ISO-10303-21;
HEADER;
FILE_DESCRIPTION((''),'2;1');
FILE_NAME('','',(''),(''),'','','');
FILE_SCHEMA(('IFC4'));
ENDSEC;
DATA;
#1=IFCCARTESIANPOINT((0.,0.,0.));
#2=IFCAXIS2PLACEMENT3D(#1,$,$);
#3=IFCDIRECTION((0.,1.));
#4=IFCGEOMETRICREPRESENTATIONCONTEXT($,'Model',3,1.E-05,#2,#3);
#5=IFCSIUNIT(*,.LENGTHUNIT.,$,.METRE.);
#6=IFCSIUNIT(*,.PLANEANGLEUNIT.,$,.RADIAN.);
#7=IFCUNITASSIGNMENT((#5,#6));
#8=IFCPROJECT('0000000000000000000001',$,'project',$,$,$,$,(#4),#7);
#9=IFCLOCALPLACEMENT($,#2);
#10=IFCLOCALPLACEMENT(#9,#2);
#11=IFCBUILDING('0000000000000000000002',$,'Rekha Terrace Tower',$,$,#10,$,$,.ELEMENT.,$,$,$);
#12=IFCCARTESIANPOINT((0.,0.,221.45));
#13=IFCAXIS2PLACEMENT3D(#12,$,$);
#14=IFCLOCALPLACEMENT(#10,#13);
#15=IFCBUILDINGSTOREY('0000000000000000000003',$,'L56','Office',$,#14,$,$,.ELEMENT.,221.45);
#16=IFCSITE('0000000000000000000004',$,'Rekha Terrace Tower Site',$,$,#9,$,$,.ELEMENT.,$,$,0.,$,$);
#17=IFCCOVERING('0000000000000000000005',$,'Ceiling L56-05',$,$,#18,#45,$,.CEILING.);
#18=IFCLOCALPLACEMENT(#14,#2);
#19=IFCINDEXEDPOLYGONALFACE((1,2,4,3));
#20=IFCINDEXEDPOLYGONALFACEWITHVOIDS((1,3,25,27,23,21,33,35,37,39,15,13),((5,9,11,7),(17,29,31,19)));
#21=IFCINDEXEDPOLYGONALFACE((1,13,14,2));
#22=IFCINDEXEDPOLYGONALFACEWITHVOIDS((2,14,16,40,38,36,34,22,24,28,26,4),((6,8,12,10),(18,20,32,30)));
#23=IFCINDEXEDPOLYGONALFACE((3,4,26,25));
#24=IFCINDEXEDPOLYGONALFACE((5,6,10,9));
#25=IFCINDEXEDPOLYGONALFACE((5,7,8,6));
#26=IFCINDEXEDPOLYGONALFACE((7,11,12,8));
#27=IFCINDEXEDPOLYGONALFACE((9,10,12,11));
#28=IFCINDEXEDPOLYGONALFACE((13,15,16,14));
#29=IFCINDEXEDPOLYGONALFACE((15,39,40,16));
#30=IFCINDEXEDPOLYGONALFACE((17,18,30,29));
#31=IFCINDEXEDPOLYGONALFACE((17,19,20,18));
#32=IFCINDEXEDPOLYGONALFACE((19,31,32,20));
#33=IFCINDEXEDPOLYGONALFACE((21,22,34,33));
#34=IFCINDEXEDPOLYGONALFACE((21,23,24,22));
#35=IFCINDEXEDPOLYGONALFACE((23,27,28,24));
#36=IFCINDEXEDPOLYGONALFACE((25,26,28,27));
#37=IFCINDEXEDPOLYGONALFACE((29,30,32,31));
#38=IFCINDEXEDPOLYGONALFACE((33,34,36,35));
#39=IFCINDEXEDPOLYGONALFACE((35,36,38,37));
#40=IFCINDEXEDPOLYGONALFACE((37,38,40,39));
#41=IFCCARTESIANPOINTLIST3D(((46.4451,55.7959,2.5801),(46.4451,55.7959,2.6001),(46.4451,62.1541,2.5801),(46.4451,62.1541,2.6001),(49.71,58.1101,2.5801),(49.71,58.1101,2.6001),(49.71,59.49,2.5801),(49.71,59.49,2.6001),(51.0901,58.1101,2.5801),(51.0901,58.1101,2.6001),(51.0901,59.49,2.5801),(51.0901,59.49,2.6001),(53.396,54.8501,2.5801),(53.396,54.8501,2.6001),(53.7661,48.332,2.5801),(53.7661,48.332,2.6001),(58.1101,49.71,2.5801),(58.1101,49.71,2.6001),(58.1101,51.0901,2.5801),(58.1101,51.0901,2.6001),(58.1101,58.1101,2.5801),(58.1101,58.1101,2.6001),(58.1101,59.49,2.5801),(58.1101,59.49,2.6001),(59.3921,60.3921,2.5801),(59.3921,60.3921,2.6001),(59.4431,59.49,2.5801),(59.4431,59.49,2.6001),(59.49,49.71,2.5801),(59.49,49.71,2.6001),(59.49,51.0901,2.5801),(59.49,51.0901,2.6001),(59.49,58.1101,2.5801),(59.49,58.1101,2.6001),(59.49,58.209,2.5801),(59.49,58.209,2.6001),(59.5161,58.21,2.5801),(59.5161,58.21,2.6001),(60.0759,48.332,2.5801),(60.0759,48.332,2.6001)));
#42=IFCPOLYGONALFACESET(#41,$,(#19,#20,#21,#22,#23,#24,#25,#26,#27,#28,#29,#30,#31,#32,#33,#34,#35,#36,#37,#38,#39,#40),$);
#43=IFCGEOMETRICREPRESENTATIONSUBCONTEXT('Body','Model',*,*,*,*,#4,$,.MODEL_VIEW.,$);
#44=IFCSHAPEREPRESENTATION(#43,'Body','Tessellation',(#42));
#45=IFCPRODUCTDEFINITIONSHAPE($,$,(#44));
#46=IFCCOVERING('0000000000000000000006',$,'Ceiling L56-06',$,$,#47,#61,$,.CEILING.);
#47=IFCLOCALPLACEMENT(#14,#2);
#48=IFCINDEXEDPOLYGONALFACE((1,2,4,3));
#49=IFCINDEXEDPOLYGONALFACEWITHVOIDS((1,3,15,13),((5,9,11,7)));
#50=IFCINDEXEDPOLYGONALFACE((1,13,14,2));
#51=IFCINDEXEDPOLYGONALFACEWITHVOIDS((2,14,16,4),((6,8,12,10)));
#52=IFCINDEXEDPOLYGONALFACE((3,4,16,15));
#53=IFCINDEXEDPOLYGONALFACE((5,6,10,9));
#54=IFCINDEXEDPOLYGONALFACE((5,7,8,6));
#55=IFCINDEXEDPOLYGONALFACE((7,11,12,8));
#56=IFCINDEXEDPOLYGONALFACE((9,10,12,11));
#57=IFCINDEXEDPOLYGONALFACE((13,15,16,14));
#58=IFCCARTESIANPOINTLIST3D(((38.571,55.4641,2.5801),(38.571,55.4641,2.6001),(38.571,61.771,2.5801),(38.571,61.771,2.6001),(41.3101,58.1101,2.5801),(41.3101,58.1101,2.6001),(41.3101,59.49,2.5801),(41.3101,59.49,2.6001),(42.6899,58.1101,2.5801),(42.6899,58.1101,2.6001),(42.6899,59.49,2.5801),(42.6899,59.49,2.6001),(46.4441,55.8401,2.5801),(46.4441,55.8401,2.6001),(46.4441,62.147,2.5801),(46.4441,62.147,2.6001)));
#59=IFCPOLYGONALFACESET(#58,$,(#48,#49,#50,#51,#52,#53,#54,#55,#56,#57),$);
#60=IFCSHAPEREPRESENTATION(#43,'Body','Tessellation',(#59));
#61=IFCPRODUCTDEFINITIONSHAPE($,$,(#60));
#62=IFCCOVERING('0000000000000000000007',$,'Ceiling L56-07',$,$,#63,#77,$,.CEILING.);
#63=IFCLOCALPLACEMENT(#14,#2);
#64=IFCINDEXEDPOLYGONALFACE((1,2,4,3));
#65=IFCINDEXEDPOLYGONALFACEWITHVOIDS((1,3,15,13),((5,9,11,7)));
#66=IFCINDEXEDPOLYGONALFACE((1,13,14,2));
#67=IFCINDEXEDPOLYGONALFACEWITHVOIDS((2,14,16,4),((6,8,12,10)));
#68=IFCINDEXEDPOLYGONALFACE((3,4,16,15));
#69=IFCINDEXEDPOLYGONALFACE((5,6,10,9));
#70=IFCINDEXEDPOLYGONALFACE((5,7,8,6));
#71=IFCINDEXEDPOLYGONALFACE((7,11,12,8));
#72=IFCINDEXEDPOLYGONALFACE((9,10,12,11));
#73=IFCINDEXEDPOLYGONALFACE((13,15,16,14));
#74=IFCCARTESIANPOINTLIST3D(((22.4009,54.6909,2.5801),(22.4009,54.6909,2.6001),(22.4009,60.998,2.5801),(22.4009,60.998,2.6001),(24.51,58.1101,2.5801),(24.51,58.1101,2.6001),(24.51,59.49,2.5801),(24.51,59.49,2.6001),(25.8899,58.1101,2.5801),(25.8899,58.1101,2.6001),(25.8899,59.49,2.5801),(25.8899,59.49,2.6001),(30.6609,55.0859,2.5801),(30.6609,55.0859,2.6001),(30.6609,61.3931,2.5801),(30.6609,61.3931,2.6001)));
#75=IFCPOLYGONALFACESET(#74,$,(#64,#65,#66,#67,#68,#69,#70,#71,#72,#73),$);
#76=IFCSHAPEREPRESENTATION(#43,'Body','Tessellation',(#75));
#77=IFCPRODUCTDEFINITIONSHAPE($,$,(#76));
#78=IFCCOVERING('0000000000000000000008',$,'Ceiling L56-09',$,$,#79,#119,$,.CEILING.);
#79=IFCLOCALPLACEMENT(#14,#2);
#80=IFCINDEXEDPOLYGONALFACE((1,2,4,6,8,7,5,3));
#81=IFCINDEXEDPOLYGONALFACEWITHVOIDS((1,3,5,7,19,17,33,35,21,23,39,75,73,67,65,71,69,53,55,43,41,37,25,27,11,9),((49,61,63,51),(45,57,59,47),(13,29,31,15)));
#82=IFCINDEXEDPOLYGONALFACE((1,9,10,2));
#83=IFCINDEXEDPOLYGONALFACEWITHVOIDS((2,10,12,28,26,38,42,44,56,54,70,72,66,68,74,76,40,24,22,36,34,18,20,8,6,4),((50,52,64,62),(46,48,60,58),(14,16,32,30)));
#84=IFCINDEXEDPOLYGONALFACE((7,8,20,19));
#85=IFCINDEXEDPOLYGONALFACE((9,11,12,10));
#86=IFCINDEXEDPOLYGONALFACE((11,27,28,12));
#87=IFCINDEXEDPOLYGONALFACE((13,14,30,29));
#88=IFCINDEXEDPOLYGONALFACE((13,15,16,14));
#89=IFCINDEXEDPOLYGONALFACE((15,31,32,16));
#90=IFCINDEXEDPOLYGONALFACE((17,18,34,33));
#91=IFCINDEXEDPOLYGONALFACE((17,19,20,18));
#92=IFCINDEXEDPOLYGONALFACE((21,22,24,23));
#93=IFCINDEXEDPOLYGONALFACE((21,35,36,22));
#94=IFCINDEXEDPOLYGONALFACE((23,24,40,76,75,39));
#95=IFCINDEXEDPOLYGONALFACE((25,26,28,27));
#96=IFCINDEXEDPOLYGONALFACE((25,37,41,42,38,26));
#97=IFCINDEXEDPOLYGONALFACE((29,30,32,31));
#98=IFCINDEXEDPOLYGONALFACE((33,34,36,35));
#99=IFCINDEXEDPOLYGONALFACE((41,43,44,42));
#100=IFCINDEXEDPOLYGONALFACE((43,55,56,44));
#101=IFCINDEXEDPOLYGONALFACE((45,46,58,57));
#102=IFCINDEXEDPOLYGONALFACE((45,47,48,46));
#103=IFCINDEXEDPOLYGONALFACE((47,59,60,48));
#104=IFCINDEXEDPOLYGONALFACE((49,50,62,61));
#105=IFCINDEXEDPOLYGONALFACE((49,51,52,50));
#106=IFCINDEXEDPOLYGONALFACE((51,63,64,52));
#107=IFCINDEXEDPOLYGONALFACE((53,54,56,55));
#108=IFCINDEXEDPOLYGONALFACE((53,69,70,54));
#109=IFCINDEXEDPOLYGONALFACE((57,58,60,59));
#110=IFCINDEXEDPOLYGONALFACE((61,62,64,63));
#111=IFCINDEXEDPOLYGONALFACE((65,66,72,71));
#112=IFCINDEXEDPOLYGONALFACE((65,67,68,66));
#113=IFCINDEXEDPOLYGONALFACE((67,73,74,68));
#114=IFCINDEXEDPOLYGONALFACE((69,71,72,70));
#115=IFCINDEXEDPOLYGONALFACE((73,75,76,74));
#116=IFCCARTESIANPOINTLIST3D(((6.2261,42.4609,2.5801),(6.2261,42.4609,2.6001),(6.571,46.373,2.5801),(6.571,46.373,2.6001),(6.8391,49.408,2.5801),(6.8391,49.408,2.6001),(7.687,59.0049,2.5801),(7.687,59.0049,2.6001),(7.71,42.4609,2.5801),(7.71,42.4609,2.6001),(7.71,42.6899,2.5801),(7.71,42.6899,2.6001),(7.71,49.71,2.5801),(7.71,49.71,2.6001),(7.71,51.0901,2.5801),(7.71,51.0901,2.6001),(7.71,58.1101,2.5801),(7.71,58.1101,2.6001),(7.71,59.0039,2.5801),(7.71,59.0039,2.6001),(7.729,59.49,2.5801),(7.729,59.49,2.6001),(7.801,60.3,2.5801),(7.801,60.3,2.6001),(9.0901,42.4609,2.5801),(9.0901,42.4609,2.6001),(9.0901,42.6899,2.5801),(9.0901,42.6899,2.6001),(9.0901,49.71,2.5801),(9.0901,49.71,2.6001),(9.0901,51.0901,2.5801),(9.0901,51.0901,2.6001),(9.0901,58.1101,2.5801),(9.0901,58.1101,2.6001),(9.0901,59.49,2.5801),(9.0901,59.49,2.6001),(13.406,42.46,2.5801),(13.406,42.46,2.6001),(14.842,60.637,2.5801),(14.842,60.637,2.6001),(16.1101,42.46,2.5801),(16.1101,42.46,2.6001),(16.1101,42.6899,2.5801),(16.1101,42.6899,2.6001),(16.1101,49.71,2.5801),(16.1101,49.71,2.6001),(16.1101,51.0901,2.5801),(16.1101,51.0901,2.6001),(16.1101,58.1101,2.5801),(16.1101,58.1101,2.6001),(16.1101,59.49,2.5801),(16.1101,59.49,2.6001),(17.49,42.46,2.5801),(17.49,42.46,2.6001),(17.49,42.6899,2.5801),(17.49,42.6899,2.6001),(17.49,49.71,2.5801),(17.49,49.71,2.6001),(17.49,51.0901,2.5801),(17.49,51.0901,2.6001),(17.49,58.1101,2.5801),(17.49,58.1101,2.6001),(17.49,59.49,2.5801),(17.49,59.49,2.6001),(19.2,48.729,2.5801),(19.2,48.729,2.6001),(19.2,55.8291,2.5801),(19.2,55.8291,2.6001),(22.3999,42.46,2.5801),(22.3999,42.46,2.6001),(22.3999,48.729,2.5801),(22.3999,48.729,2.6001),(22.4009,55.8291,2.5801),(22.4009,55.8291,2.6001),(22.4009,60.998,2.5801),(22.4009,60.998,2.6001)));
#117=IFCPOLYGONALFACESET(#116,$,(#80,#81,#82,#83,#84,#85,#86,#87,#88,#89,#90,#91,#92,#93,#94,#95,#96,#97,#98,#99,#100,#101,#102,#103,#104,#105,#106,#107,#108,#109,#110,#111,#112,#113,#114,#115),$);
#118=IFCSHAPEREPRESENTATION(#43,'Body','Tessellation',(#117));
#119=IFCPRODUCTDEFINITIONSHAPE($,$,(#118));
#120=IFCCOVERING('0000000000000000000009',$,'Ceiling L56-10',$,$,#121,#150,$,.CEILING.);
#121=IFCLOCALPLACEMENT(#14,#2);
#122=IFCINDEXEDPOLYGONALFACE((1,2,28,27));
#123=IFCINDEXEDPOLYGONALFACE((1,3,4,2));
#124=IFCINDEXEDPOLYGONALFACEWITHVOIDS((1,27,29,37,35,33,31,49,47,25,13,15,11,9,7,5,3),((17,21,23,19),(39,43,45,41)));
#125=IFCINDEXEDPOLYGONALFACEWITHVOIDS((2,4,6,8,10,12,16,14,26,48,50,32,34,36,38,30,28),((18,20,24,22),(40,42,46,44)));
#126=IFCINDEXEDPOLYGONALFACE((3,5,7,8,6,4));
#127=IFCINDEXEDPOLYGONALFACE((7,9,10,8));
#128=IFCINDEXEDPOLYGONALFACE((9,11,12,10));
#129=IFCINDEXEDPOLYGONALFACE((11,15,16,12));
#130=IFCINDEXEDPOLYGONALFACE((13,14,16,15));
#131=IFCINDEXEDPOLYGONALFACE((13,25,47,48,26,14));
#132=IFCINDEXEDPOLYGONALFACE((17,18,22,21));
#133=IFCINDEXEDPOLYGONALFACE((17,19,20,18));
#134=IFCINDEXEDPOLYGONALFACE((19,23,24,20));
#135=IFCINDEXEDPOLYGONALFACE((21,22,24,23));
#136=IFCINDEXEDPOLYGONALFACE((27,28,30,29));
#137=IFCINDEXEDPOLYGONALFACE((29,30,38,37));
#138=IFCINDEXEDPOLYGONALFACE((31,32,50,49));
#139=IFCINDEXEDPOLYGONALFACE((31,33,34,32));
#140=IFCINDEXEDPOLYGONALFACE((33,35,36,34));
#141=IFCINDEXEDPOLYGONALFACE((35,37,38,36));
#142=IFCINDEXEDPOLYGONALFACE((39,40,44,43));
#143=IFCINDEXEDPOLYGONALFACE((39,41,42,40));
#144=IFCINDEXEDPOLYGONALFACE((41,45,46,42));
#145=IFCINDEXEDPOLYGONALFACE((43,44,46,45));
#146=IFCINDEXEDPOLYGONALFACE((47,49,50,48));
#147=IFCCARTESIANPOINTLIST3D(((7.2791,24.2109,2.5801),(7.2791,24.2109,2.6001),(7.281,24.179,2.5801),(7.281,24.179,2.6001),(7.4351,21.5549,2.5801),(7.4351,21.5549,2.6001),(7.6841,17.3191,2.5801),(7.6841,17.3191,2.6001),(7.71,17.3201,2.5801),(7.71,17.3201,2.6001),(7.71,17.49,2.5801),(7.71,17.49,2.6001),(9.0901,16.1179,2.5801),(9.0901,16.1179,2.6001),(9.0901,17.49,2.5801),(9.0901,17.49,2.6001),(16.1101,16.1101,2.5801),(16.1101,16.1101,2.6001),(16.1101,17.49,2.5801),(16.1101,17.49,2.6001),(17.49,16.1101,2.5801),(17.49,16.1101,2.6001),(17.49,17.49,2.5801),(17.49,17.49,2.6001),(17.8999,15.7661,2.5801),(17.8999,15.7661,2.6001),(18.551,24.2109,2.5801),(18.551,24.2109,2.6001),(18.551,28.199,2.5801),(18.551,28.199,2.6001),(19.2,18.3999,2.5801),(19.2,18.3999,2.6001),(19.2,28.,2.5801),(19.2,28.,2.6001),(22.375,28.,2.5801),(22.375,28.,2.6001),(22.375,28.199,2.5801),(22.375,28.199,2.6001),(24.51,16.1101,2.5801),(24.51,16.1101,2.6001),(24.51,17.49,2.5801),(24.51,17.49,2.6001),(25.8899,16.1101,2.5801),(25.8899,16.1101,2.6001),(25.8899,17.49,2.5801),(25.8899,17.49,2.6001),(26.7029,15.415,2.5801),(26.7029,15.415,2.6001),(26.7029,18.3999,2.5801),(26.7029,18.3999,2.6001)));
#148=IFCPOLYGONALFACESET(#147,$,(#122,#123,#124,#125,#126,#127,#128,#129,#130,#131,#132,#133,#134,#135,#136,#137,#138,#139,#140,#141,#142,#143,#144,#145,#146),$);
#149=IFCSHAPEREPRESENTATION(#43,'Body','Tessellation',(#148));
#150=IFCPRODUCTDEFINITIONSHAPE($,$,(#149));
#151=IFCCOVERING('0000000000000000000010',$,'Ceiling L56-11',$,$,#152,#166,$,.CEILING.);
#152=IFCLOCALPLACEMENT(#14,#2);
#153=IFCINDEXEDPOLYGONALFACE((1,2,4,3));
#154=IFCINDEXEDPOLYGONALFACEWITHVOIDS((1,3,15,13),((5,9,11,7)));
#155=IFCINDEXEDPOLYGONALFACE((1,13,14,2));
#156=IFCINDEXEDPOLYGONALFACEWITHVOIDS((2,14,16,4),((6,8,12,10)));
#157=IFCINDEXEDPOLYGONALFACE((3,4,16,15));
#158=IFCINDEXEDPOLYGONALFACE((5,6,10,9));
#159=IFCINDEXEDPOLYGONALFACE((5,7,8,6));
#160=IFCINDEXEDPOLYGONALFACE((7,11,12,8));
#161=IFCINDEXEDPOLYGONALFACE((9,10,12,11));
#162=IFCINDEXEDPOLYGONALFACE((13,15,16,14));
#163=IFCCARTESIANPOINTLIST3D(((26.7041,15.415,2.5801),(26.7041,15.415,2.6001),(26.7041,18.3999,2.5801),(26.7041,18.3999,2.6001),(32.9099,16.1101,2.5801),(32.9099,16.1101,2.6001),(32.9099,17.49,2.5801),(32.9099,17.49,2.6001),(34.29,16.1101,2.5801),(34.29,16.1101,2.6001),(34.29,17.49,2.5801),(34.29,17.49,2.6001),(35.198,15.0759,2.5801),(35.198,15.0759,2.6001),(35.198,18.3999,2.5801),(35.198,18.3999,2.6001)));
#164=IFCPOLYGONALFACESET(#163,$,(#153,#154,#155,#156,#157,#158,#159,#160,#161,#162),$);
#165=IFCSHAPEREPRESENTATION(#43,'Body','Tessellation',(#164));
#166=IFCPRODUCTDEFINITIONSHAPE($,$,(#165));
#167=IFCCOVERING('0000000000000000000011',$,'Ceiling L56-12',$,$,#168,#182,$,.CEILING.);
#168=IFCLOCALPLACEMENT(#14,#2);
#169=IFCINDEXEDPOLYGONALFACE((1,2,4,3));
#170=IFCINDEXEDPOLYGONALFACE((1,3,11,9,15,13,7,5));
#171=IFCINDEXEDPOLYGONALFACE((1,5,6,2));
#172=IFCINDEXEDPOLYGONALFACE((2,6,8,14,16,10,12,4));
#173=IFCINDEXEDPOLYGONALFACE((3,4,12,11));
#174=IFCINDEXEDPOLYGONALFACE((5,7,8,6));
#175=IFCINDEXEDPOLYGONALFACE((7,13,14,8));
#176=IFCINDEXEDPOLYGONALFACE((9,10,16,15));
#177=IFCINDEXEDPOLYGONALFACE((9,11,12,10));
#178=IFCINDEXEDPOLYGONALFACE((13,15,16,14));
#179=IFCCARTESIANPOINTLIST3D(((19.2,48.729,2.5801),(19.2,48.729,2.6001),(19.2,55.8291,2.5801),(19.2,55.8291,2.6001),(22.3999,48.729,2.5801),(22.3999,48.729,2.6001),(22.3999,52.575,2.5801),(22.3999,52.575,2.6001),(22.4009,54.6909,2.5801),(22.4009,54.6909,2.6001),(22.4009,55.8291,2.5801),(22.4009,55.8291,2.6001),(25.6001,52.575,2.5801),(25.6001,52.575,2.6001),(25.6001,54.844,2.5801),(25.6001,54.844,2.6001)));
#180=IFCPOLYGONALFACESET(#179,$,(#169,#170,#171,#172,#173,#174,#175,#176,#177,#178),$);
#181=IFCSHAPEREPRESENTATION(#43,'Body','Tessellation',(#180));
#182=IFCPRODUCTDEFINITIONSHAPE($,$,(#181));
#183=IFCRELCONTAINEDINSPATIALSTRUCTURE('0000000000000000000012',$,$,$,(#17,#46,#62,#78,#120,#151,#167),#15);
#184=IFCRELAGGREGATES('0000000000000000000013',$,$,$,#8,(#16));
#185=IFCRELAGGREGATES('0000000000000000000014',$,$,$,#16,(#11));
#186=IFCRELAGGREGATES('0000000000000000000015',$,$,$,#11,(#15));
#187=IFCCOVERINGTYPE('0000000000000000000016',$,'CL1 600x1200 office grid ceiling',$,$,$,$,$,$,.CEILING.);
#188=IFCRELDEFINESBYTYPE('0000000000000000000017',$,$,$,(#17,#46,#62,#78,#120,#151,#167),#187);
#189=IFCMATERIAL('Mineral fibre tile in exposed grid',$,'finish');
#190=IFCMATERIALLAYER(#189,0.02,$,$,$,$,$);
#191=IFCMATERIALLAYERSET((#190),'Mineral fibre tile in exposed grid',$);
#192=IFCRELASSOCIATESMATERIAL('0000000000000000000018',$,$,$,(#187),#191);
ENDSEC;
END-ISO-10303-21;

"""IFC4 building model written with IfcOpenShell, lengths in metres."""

from ifc_helpers import new_model, si_unit, direction, frame, origin, place, context, subcontext, project, spatial, polyline, outline, extrude, material, layer, layer_set, type_object, element, save


model = new_model("IFC4")

# Units and contexts
model_context = context("Model", 3, precision=1e-05, world=origin(), true_north=direction((0.0, 1.0)))
body_context = subcontext(model_context, "Body", "Model", "MODEL_VIEW")
ifc_project = project(units=[si_unit("LENGTHUNIT", "METRE"), si_unit("PLANEANGLEUNIT", "RADIAN")], contexts=[model_context])

# Site, building, storey
site_placement = place(None, origin())
site = spatial("IfcSite", under=ifc_project, at=site_placement, Name="Rekha Terrace Tower Site", CompositionType="ELEMENT", RefElevation=0.0)
building_placement = place(site_placement, origin())
building = spatial("IfcBuilding", under=site, at=building_placement, Name="Rekha Terrace Tower", CompositionType="ELEMENT")
storey_placement = place(building_placement, frame((0.0, 0.0, 221.45)))
storey = spatial("IfcBuildingStorey", under=building, at=storey_placement, Name="L56", Description="Office", CompositionType="ELEMENT", Elevation=221.45)

# Coverings
ifc_material_1 = material(Name="Mineral fibre tile in exposed grid", Category="finish")
ifc_layer_1 = layer(ifc_material_1, 0.02)
ifc_layer_set_1 = layer_set([ifc_layer_1], Name="Mineral fibre tile in exposed grid")
covering_type_1 = type_object("IfcCoveringType", Name="CL1 600x1200 office grid ceiling", PredefinedType="CEILING", material=ifc_layer_set_1)
covering_1_placement = place(storey_placement, frame((0.0, 0.0, 2.5801)))
element("IfcCovering", 1, at=covering_1_placement, inside=storey, type_object=covering_type_1, Name="Ceiling L56-05", PredefinedType="CEILING", context=body_context, shape_type="SweptSolid", body=[
    extrude(outline(polyline([(58.1101, 59.49), (59.4431, 59.49), (59.3921, 60.3921), (46.4451, 62.1541), (46.4451, 55.7959), (53.396, 54.8501), (53.7661, 48.332), (60.0759, 48.332), (59.5161, 58.21), (59.49, 58.209), (59.49, 58.1101), (58.1101, 58.1101), (58.1101, 59.49)]), holes=[polyline([(59.49, 51.0901), (59.49, 49.71), (58.1101, 49.71), (58.1101, 51.0901), (59.49, 51.0901)]), polyline([(51.0901, 58.1101), (49.71, 58.1101), (49.71, 59.49), (51.0901, 59.49), (51.0901, 58.1101)])]), origin(), (0.0, 0.0, 1.0), 0.02),
])
covering_2_placement = place(storey_placement, frame((0.0, 0.0, 2.5801)))
element("IfcCovering", 2, at=covering_2_placement, inside=storey, type_object=covering_type_1, Name="Ceiling L56-06", PredefinedType="CEILING", context=body_context, shape_type="SweptSolid", body=[
    extrude(outline(polyline([(46.4441, 62.147), (38.571, 61.771), (38.571, 55.4641), (46.4441, 55.8401), (46.4441, 62.147)]), holes=[polyline([(42.6899, 59.49), (42.6899, 58.1101), (41.3101, 58.1101), (41.3101, 59.49), (42.6899, 59.49)])]), origin(), (0.0, 0.0, 1.0), 0.02),
])
covering_3_placement = place(storey_placement, frame((0.0, 0.0, 2.5801)))
element("IfcCovering", 3, at=covering_3_placement, inside=storey, type_object=covering_type_1, Name="Ceiling L56-07", PredefinedType="CEILING", context=body_context, shape_type="SweptSolid", body=[
    extrude(outline(polyline([(30.6609, 55.0859), (30.6609, 61.3931), (22.4009, 60.998), (22.4009, 54.6909), (30.6609, 55.0859)]), holes=[polyline([(25.8899, 58.1101), (24.51, 58.1101), (24.51, 59.49), (25.8899, 59.49), (25.8899, 58.1101)])]), origin(), (0.0, 0.0, 1.0), 0.02),
])
covering_4_placement = place(storey_placement, frame((0.0, 0.0, 2.5801)))
element("IfcCovering", 4, at=covering_4_placement, inside=storey, type_object=covering_type_1, Name="Ceiling L56-09", PredefinedType="CEILING", context=body_context, shape_type="SweptSolid", body=[
    extrude(outline(polyline([(22.4009, 60.998), (14.842, 60.637), (7.801, 60.3), (7.729, 59.49), (9.0901, 59.49), (9.0901, 58.1101), (7.71, 58.1101), (7.71, 59.0039), (7.687, 59.0049), (6.8391, 49.408), (6.571, 46.373), (6.2261, 42.4609), (7.71, 42.4609), (7.71, 42.6899), (9.0901, 42.6899), (9.0901, 42.4609), (13.406, 42.46), (16.1101, 42.46), (16.1101, 42.6899), (17.49, 42.6899), (17.49, 42.46), (22.3999, 42.46), (22.3999, 48.729), (19.2, 48.729), (19.2, 55.8291), (22.4009, 55.8291), (22.4009, 60.998)]), holes=[polyline([(17.49, 51.0901), (17.49, 49.71), (16.1101, 49.71), (16.1101, 51.0901), (17.49, 51.0901)]), polyline([(17.49, 59.49), (17.49, 58.1101), (16.1101, 58.1101), (16.1101, 59.49), (17.49, 59.49)]), polyline([(9.0901, 49.71), (7.71, 49.71), (7.71, 51.0901), (9.0901, 51.0901), (9.0901, 49.71)])]), origin(), (0.0, 0.0, 1.0), 0.02),
])
covering_5_placement = place(storey_placement, frame((0.0, 0.0, 2.5801)))
element("IfcCovering", 5, at=covering_5_placement, inside=storey, type_object=covering_type_1, Name="Ceiling L56-10", PredefinedType="CEILING", context=body_context, shape_type="SweptSolid", body=[
    extrude(outline(polyline([(7.281, 24.179), (7.4351, 21.5549), (7.6841, 17.3191), (7.71, 17.3201), (7.71, 17.49), (9.0901, 17.49), (9.0901, 16.1179), (17.8999, 15.7661), (26.7029, 15.415), (26.7029, 18.3999), (19.2, 18.3999), (19.2, 28.0), (22.375, 28.0), (22.375, 28.199), (18.551, 28.199), (18.551, 24.2109), (7.2791, 24.2109), (7.281, 24.179)]), holes=[polyline([(25.8899, 17.49), (25.8899, 16.1101), (24.51, 16.1101), (24.51, 17.49), (25.8899, 17.49)]), polyline([(17.49, 17.49), (17.49, 16.1101), (16.1101, 16.1101), (16.1101, 17.49), (17.49, 17.49)])]), origin(), (0.0, 0.0, 1.0), 0.02),
])
covering_6_placement = place(storey_placement, frame((0.0, 0.0, 2.5801)))
element("IfcCovering", 6, at=covering_6_placement, inside=storey, type_object=covering_type_1, Name="Ceiling L56-11", PredefinedType="CEILING", context=body_context, shape_type="SweptSolid", body=[
    extrude(outline(polyline([(26.7041, 18.3999), (26.7041, 15.415), (35.198, 15.0759), (35.198, 18.3999), (26.7041, 18.3999)]), holes=[polyline([(34.29, 16.1101), (32.9099, 16.1101), (32.9099, 17.49), (34.29, 17.49), (34.29, 16.1101)])]), origin(), (0.0, 0.0, 1.0), 0.02),
])
covering_7_placement = place(storey_placement, frame((0.0, 0.0, 2.5801)))
element("IfcCovering", 7, at=covering_7_placement, inside=storey, type_object=covering_type_1, Name="Ceiling L56-12", PredefinedType="CEILING", context=body_context, shape_type="SweptSolid", body=[
    extrude(outline(polyline([(22.3999, 52.575), (25.6001, 52.575), (25.6001, 54.844), (22.4009, 54.6909), (22.4009, 55.8291), (19.2, 55.8291), (19.2, 48.729), (22.3999, 48.729), (22.3999, 52.575)])), origin(), (0.0, 0.0, 1.0), 0.02),
])

save(model, "model.ifc")
